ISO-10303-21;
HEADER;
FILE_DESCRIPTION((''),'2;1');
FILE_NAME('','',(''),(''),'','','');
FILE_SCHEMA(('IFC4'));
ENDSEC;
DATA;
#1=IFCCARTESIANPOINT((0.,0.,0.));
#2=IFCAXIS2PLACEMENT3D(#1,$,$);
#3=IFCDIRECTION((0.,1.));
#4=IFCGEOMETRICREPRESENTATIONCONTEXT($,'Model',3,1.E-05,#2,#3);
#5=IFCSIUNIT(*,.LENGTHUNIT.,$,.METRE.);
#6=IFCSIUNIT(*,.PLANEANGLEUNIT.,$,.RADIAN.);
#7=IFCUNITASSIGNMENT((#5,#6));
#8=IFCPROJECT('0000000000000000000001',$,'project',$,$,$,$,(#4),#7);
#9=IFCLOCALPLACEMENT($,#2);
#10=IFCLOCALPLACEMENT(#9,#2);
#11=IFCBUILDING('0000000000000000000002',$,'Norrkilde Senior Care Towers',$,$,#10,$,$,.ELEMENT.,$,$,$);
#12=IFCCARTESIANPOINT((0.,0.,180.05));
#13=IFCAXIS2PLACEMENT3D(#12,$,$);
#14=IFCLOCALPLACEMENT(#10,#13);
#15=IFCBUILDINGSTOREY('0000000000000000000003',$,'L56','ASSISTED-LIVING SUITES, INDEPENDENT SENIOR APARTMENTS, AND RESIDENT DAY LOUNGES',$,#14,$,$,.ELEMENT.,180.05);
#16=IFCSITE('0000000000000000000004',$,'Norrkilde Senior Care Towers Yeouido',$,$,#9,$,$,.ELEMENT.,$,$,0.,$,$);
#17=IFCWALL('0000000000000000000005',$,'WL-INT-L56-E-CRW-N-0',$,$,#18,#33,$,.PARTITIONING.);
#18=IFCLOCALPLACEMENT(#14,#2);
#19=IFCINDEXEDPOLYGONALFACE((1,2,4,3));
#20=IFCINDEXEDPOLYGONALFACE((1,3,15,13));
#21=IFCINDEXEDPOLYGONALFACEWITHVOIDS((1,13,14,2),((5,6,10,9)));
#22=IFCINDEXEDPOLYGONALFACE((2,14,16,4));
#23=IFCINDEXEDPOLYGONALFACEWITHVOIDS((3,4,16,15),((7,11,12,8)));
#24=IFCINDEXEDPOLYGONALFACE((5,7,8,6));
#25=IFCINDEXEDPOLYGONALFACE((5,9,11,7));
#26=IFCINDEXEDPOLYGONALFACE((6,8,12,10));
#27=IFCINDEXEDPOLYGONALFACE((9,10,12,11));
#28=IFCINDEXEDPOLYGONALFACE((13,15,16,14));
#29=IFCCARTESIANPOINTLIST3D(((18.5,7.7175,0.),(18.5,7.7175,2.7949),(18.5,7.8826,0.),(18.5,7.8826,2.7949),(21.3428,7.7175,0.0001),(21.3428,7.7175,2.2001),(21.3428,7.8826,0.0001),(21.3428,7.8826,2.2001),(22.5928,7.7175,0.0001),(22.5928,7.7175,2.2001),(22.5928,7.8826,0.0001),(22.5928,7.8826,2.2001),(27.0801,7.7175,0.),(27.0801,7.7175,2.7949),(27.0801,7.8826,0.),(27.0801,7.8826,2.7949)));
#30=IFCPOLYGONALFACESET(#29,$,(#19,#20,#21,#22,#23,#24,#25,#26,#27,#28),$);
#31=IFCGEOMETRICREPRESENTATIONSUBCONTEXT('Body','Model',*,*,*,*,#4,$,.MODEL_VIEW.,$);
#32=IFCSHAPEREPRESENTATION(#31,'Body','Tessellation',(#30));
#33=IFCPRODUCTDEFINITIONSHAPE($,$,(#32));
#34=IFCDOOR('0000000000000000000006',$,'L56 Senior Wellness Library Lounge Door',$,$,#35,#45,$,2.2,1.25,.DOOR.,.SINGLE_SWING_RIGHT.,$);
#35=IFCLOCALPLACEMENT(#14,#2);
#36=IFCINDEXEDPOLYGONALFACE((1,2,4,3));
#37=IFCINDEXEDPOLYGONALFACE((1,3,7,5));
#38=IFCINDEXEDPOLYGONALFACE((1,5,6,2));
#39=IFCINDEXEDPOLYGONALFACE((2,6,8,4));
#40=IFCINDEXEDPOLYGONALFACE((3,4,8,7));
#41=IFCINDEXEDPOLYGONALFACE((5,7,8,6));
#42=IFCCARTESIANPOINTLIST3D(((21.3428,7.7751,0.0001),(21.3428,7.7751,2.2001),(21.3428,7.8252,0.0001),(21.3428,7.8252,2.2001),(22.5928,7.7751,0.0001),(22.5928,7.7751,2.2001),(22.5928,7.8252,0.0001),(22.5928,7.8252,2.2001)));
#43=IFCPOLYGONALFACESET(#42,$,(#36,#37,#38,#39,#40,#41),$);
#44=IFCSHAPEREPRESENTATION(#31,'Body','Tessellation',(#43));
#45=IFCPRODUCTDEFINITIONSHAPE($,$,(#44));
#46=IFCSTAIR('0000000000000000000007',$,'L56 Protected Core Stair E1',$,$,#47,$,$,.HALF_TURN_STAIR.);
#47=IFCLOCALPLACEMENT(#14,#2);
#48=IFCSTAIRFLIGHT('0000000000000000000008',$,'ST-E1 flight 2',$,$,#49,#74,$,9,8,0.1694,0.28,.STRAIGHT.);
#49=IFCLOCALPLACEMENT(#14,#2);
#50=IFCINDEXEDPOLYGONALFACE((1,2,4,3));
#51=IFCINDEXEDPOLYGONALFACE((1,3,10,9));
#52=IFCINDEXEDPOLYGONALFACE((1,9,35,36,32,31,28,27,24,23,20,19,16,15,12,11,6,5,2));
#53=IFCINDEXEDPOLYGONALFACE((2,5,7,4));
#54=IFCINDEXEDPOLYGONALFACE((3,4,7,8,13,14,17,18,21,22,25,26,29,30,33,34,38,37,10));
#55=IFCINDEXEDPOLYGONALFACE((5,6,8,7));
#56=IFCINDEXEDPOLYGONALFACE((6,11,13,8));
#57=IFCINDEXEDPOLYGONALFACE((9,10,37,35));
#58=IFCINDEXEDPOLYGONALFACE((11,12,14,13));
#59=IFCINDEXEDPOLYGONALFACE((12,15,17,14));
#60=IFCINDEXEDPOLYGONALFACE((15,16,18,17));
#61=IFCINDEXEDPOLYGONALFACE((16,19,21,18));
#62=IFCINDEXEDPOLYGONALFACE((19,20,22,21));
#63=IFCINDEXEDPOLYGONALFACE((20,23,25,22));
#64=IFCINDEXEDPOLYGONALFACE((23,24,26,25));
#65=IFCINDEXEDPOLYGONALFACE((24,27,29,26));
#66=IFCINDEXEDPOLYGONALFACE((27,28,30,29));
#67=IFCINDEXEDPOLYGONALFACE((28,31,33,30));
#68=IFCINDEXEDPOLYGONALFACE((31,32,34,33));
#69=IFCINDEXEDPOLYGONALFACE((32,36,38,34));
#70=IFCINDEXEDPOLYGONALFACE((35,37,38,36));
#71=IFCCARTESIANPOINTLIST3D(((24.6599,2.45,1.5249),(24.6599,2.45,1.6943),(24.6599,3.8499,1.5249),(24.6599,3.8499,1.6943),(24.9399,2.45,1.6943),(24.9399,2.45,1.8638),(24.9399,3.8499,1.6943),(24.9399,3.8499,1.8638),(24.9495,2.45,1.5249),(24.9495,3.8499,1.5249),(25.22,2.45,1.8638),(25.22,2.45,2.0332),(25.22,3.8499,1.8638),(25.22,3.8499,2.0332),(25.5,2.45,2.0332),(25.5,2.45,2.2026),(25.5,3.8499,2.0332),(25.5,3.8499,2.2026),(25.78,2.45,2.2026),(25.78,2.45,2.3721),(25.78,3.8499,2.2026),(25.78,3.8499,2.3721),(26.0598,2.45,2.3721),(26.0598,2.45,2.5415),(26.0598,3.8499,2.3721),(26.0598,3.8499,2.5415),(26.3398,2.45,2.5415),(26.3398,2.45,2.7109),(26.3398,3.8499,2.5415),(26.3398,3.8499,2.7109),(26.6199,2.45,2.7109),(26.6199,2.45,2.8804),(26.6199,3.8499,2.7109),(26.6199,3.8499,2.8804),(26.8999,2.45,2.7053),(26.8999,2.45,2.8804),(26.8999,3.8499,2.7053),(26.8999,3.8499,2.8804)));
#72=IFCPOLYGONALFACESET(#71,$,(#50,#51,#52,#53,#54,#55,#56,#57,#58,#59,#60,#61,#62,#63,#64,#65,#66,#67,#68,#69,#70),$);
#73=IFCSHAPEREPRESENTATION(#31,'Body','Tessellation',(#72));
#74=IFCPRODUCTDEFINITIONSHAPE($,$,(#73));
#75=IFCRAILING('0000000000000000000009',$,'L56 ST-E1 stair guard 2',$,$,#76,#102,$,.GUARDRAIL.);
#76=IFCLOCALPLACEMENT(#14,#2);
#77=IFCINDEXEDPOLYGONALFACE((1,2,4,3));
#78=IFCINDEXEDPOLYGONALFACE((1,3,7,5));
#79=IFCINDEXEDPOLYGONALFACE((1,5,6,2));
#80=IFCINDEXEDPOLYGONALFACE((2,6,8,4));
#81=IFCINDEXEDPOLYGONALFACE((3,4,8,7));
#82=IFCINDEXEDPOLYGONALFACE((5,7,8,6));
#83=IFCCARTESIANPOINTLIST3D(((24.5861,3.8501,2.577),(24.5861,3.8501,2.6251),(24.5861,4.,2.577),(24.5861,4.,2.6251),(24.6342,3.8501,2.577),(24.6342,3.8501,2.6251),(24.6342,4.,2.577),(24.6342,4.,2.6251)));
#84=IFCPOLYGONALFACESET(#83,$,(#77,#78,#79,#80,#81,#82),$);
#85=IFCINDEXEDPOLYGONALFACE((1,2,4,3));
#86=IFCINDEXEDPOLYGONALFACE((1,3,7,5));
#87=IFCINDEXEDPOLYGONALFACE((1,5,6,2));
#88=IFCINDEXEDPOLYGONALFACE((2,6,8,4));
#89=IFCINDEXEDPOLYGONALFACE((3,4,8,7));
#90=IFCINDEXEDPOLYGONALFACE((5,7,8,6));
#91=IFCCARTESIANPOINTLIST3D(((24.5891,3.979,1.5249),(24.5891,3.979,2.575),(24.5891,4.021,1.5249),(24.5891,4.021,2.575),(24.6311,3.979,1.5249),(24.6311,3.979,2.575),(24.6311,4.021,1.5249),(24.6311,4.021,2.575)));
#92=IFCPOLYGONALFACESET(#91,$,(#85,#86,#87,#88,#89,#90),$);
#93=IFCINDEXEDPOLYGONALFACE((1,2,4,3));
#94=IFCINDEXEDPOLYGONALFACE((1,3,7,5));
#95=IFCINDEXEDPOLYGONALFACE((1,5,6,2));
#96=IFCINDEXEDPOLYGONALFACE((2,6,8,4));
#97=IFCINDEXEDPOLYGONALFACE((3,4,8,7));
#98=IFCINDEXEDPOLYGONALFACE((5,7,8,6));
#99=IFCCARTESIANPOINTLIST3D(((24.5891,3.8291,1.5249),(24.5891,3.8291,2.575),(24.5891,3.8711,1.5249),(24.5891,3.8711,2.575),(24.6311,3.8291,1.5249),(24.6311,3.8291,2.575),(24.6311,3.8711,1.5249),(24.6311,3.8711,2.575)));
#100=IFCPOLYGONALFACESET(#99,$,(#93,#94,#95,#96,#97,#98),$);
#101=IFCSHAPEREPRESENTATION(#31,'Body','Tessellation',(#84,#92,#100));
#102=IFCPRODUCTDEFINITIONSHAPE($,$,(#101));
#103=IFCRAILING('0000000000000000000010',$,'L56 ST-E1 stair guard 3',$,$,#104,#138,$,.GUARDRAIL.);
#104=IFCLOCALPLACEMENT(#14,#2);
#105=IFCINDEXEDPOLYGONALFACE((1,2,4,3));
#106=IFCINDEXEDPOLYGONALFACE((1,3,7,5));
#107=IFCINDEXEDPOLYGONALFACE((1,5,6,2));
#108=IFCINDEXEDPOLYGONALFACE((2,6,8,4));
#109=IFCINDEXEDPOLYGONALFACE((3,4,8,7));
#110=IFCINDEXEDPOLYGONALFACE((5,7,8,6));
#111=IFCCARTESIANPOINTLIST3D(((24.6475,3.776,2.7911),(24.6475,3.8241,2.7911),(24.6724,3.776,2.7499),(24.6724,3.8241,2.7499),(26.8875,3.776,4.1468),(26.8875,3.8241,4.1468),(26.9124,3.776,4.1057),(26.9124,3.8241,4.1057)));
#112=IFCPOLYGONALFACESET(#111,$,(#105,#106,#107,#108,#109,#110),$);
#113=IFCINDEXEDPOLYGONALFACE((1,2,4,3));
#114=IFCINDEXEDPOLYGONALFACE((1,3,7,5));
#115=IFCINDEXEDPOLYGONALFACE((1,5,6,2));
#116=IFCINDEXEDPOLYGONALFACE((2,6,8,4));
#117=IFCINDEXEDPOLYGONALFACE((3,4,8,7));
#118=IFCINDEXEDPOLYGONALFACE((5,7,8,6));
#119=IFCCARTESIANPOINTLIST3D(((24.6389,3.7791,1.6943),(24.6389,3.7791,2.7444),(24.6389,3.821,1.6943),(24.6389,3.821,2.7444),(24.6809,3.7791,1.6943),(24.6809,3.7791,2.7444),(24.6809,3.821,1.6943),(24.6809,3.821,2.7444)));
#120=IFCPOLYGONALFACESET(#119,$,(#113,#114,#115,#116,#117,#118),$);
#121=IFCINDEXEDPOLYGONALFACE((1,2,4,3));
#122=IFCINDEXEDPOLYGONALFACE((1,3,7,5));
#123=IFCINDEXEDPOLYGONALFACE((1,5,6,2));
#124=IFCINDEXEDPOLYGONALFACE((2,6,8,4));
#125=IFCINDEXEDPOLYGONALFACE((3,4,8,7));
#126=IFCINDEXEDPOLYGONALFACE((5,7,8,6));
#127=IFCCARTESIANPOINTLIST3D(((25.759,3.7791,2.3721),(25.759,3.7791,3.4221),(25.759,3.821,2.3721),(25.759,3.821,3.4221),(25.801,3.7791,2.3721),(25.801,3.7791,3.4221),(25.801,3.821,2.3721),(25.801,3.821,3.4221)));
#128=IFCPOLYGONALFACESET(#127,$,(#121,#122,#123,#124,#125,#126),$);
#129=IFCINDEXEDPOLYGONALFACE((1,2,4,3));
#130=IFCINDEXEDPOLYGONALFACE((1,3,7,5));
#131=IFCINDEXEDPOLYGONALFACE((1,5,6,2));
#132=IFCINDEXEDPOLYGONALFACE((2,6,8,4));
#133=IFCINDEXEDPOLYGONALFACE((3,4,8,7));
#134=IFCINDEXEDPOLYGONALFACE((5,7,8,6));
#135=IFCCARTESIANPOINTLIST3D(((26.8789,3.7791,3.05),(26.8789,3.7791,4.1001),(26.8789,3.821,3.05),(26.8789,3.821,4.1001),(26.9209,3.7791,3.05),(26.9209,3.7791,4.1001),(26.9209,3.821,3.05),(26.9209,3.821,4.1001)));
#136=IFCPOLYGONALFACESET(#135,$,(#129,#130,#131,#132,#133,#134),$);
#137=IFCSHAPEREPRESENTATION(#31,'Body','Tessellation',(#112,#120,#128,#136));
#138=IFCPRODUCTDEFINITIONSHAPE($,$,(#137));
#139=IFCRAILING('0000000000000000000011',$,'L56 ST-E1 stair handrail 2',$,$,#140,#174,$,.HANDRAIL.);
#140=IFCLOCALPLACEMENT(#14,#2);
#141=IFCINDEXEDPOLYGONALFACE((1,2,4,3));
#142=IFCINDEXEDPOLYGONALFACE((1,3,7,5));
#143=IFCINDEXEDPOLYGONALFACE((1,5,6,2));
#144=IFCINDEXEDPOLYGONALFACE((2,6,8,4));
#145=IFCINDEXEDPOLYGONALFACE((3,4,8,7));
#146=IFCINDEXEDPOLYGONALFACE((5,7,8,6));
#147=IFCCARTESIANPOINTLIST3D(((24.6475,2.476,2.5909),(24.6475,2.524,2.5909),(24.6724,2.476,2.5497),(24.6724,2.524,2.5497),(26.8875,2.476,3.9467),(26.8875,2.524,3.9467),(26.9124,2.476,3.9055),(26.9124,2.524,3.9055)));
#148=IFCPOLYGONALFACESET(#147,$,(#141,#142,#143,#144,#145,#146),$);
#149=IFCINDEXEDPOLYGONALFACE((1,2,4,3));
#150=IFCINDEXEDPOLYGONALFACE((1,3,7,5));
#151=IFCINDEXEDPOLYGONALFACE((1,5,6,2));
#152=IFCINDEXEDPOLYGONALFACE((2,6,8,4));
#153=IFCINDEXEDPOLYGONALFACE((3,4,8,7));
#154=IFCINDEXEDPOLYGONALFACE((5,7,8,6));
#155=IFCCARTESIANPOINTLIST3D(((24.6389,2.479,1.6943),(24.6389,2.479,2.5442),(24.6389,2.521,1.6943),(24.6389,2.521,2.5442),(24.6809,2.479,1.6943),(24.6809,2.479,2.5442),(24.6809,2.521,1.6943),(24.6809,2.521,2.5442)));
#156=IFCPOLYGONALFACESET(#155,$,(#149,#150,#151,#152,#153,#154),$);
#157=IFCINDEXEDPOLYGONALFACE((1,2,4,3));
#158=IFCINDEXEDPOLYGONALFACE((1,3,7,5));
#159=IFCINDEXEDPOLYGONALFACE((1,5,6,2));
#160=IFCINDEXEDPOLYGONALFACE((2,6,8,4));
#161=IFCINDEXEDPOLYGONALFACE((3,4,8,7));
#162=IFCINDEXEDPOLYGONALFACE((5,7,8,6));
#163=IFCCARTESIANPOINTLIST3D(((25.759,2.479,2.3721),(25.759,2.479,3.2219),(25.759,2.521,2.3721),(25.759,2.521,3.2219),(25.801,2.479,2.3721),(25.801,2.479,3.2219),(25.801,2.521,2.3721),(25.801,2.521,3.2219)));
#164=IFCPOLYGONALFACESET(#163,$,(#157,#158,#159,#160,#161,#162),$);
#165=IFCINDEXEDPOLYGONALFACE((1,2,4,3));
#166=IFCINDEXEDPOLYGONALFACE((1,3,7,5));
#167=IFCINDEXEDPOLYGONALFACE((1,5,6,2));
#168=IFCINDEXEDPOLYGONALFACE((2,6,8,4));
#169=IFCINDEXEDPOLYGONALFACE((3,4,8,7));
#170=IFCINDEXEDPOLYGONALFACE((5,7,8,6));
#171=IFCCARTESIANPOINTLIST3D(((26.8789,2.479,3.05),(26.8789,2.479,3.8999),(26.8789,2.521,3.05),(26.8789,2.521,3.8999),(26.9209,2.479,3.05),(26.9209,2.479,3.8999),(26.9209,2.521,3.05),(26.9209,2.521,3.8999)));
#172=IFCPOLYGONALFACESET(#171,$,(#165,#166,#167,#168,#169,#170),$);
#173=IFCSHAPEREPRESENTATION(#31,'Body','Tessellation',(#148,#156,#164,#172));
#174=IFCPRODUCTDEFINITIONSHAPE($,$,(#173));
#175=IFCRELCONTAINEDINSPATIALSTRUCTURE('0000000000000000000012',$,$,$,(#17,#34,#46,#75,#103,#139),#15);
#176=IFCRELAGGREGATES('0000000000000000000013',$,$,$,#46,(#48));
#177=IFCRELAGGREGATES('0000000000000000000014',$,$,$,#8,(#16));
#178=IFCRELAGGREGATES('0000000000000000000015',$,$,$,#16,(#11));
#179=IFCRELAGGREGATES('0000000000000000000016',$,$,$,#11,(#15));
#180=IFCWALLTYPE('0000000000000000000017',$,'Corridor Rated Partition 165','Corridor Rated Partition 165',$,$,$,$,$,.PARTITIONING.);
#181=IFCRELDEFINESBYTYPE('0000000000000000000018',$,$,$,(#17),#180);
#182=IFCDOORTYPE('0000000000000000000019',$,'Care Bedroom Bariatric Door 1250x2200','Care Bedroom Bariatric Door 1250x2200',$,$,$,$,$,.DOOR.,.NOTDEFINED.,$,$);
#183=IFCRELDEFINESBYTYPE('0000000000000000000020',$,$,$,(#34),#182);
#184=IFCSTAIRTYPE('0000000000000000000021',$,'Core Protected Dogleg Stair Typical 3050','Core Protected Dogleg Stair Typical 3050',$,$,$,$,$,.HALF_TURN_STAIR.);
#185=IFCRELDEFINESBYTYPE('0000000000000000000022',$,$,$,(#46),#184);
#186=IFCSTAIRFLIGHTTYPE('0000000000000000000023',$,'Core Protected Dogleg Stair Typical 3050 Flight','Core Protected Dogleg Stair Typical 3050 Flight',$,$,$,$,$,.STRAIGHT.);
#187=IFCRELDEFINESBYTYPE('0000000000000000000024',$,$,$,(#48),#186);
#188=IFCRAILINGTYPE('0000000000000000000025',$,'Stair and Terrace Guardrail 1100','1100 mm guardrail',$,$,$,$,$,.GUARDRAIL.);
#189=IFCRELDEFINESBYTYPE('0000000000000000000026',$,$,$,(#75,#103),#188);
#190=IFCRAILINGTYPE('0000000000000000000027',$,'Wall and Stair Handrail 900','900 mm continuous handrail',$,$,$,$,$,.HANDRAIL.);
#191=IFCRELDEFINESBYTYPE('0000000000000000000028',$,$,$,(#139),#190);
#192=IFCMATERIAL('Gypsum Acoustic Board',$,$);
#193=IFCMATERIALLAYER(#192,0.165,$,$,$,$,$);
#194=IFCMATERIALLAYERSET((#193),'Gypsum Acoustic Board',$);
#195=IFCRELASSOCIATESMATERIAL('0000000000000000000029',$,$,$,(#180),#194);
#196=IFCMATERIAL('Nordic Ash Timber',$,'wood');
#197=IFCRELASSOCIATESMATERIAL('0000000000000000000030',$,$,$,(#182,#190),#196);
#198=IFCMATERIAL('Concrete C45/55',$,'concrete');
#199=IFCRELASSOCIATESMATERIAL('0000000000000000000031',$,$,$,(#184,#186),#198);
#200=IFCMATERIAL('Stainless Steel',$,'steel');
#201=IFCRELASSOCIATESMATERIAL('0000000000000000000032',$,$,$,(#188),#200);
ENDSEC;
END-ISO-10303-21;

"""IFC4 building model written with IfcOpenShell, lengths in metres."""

from ifc_helpers import new_model, si_unit, direction, frame, frame_2d, origin, origin_2d, place, context, subcontext, project, spatial, polyline, rectangle, outline, extrude, source, transform, mapped, material, layer, layer_set, type_object, type_shapes, element, fill, aggregate, save


model = new_model("IFC4")

# Units and contexts
model_context = context("Model", 3, precision=1e-05, world=origin(), true_north=direction((0.0, 1.0)))
body_context = subcontext(model_context, "Body", "Model", "MODEL_VIEW")
ifc_project = project(units=[si_unit("LENGTHUNIT", "METRE"), si_unit("PLANEANGLEUNIT", "RADIAN")], contexts=[model_context])

# Site, building, storey
site_placement = place(None, origin())
site = spatial("IfcSite", under=ifc_project, at=site_placement, Name="Norrkilde Senior Care Towers Yeouido", CompositionType="ELEMENT", RefElevation=0.0)
building_placement = place(site_placement, origin())
building = spatial("IfcBuilding", under=site, at=building_placement, Name="Norrkilde Senior Care Towers", CompositionType="ELEMENT")
storey_placement = place(building_placement, frame((0.0, 0.0, 180.05)))
storey = spatial("IfcBuildingStorey", under=building, at=storey_placement, Name="L56", Description="ASSISTED-LIVING SUITES, INDEPENDENT SENIOR APARTMENTS, AND RESIDENT DAY LOUNGES", CompositionType="ELEMENT", Elevation=180.05)

# Shared definitions
ifc_material_1 = material(Name="Concrete C45/55", Category="concrete")

# Wall, opening, door
ifc_material_2 = material(Name="Gypsum Acoustic Board")
ifc_layer_1 = layer(ifc_material_2, 0.165)
ifc_layer_set_1 = layer_set([ifc_layer_1], Name="Gypsum Acoustic Board")
wall_type_1 = type_object("IfcWallType", Name="Corridor Rated Partition 165", Description="Corridor Rated Partition 165", PredefinedType="PARTITIONING", material=ifc_layer_set_1)
shared_shape_1 = source(origin(), body_context, "Body", "SweptSolid", [
    extrude(rectangle(XDim=8.5801, YDim=0.165, at=frame_2d((4.29, 0.0))), origin(), (0.0, 0.0, 1.0), 2.7949),
])
type_shapes(wall_type_1, [shared_shape_1])
wall_1_placement = place(storey_placement, frame((18.5, 7.8, 0.0), z_axis=(0.0, 0.0, 1.0), x_axis=(1.0, 0.0, 0.0)))
wall_1 = element("IfcWall", 1, at=wall_1_placement, inside=storey, type_object=wall_type_1, Name="WL-INT-L56-E-CRW-N-0", PredefinedType="PARTITIONING", context=body_context, shape_type="MappedRepresentation", body=[
    mapped(shared_shape_1, transform((0.0, 0.0, 0.0), x_axis=(1.0, 0.0, 0.0), y_axis=(0.0, 1.0, 0.0), z_axis=(0.0, 0.0, 1.0), scale=1.0)),
])
opening_1_placement = place(wall_1_placement, frame((2.8428, 0.0, 0.0)))
opening_1 = element("IfcOpeningElement", 2, at=opening_1_placement, cuts=wall_1, PredefinedType="OPENING", context=body_context, shape_type="SweptSolid", body=[
    extrude(rectangle(XDim=1.25, YDim=2.2, at=frame_2d((0.625, 1.1001))), frame((0.0, 0.0925, 0.0), z_axis=(0.0, -1.0, 0.0), x_axis=(1.0, 0.0, 0.0)), (0.0, 0.0, 1.0), 0.1851),
])
ifc_material_3 = material(Name="Nordic Ash Timber", Category="wood")
door_type_1 = type_object("IfcDoorType", Name="Care Bedroom Bariatric Door 1250x2200", Description="Care Bedroom Bariatric Door 1250x2200", OperationType="NOTDEFINED", PredefinedType="DOOR", material=ifc_material_3)
shared_shape_2 = source(origin(), body_context, "Body", "SweptSolid", [
    extrude(rectangle(XDim=1.25, YDim=2.2, at=frame_2d((0.625, 1.1001))), frame((0.0, 0.0249, 0.0), z_axis=(0.0, -1.0, 0.0), x_axis=(1.0, 0.0, 0.0)), (0.0, 0.0, 1.0), 0.05),
])
type_shapes(door_type_1, [shared_shape_2])
door_1_placement = place(opening_1_placement, frame((1.25, 0.0, 0.0), z_axis=(0.0, 0.0, 1.0), x_axis=(-1.0, 0.0, 0.0)))
door_1 = element("IfcDoor", 3, at=door_1_placement, inside=storey, type_object=door_type_1, Name="L56 Senior Wellness Library Lounge Door", OperationType="SINGLE_SWING_RIGHT", OverallHeight=2.2, OverallWidth=1.25, PredefinedType="DOOR", context=body_context, shape_type="MappedRepresentation", body=[
    mapped(shared_shape_2, transform((0.0, 0.0, 0.0), x_axis=(1.0, 0.0, 0.0), y_axis=(0.0, 1.0, 0.0), z_axis=(0.0, 0.0, 1.0), scale=1.0)),
])
fill(opening_1, door_1)

# Stair, stair flight
stair_type = type_object("IfcStairType", Name="Core Protected Dogleg Stair Typical 3050", Description="Core Protected Dogleg Stair Typical 3050", PredefinedType="HALF_TURN_STAIR", material=ifc_material_1)
stair_placement = place(storey_placement, origin())
stair = element("IfcStair", 4, at=stair_placement, inside=storey, type_object=stair_type, Name="L56 Protected Core Stair E1", PredefinedType="HALF_TURN_STAIR")
stair_flight_type = type_object("IfcStairFlightType", Name="Core Protected Dogleg Stair Typical 3050 Flight", Description="Core Protected Dogleg Stair Typical 3050 Flight", PredefinedType="STRAIGHT", material=ifc_material_1)
stair_flight_placement = place(storey_placement, frame((24.6599, 3.1499, 1.5249), z_axis=(0.0, 0.0, 1.0), x_axis=(1.0, 0.0, 0.0)))
stair_flight = element("IfcStairFlight", 5, at=stair_flight_placement, type_object=stair_flight_type, Name="ST-E1 flight 2", NumberOfRisers=9, NumberOfTreads=8, PredefinedType="STRAIGHT", RiserHeight=0.1694, TreadLength=0.28, context=body_context, shape_type="SweptSolid", body=[
    extrude(outline(polyline([(0.0, 0.0), (0.0, 0.1694), (0.28, 0.1694), (0.28, 0.3389), (0.5601, 0.3389), (0.5601, 0.5083), (0.8401, 0.5083), (0.8401, 0.6777), (1.1201, 0.6777), (1.1201, 0.8472), (1.3999, 0.8472), (1.3999, 1.0166), (1.6799, 1.0166), (1.6799, 1.186), (1.96, 1.186), (1.96, 1.3555), (2.24, 1.3555), (2.24, 1.5249), (2.24, 1.1804), (0.2896, 0.0), (0.0, 0.0)])), frame((0.0, 0.7, 0.0), z_axis=(0.0, -1.0, 0.0), x_axis=(1.0, 0.0, 0.0)), (0.0, 0.0, 1.0), 1.3999),
])
aggregate(stair, [stair_flight])

# Railings
ifc_material_4 = material(Name="Stainless Steel", Category="steel")
railing_type_1 = type_object("IfcRailingType", Name="Stair and Terrace Guardrail 1100", Description="1100 mm guardrail", PredefinedType="GUARDRAIL", material=ifc_material_4)
railing_1_placement = place(storey_placement, frame((24.6101, 4.0, 1.5249)))
element("IfcRailing", 6, at=railing_1_placement, inside=storey, type_object=railing_type_1, Name="L56 ST-E1 stair guard 2", PredefinedType="GUARDRAIL", context=body_context, shape_type="SweptSolid", body=[
    extrude(rectangle(XDim=0.0481, YDim=0.0481, at=origin_2d()), frame((0.0, 0.0, 1.0762), z_axis=(0.0, -1.0, 0.0), x_axis=(1.0, 0.0, 0.0)), (0.0, 0.0, 1.0), 0.1499),
    extrude(rectangle(XDim=0.042, YDim=0.042, at=origin_2d()), origin(), (0.0, 0.0, 1.0), 1.05),
    extrude(rectangle(XDim=0.042, YDim=0.042, at=origin_2d()), frame((0.0, -0.1499, 0.0)), (0.0, 0.0, 1.0), 1.05),
])
railing_2_placement = place(storey_placement, frame((24.6599, 3.8, 1.6943)))
element("IfcRailing", 7, at=railing_2_placement, inside=storey, type_object=railing_type_1, Name="L56 ST-E1 stair guard 3", PredefinedType="GUARDRAIL", context=body_context, shape_type="SweptSolid", body=[
    extrude(rectangle(XDim=0.0481, YDim=0.0481, at=origin_2d()), frame((0.0, 0.0, 1.0762), z_axis=(0.855512, 0.0, 0.517783), x_axis=(0.0, 1.0, 0.0)), (0.0, 0.0, 1.0), 2.6184),
    extrude(rectangle(XDim=0.042, YDim=0.042, at=origin_2d()), origin(), (0.0, 0.0, 1.0), 1.05),
    extrude(rectangle(XDim=0.042, YDim=0.042, at=origin_2d()), frame((1.1201, 0.0, 0.6777)), (0.0, 0.0, 1.0), 1.05),
    extrude(rectangle(XDim=0.042, YDim=0.042, at=origin_2d()), frame((2.24, 0.0, 1.3557)), (0.0, 0.0, 1.0), 1.05),
])
railing_type_2 = type_object("IfcRailingType", Name="Wall and Stair Handrail 900", Description="900 mm continuous handrail", PredefinedType="HANDRAIL", material=ifc_material_3)
railing_3_placement = place(storey_placement, frame((24.6599, 2.5, 1.6943)))
element("IfcRailing", 8, at=railing_3_placement, inside=storey, type_object=railing_type_2, Name="L56 ST-E1 stair handrail 2", PredefinedType="HANDRAIL", context=body_context, shape_type="SweptSolid", body=[
    extrude(rectangle(XDim=0.0481, YDim=0.0481, at=origin_2d()), frame((0.0, 0.0, 0.876), z_axis=(0.855512, 0.0, 0.517783), x_axis=(0.0, 1.0, 0.0)), (0.0, 0.0, 1.0), 2.6184),
    extrude(rectangle(XDim=0.042, YDim=0.042, at=origin_2d()), origin(), (0.0, 0.0, 1.0), 0.8499),
    extrude(rectangle(XDim=0.042, YDim=0.042, at=origin_2d()), frame((1.1201, 0.0, 0.6777)), (0.0, 0.0, 1.0), 0.8499),
    extrude(rectangle(XDim=0.042, YDim=0.042, at=origin_2d()), frame((2.24, 0.0, 1.3557)), (0.0, 0.0, 1.0), 0.8499),
])

save(model, "model.ifc")
